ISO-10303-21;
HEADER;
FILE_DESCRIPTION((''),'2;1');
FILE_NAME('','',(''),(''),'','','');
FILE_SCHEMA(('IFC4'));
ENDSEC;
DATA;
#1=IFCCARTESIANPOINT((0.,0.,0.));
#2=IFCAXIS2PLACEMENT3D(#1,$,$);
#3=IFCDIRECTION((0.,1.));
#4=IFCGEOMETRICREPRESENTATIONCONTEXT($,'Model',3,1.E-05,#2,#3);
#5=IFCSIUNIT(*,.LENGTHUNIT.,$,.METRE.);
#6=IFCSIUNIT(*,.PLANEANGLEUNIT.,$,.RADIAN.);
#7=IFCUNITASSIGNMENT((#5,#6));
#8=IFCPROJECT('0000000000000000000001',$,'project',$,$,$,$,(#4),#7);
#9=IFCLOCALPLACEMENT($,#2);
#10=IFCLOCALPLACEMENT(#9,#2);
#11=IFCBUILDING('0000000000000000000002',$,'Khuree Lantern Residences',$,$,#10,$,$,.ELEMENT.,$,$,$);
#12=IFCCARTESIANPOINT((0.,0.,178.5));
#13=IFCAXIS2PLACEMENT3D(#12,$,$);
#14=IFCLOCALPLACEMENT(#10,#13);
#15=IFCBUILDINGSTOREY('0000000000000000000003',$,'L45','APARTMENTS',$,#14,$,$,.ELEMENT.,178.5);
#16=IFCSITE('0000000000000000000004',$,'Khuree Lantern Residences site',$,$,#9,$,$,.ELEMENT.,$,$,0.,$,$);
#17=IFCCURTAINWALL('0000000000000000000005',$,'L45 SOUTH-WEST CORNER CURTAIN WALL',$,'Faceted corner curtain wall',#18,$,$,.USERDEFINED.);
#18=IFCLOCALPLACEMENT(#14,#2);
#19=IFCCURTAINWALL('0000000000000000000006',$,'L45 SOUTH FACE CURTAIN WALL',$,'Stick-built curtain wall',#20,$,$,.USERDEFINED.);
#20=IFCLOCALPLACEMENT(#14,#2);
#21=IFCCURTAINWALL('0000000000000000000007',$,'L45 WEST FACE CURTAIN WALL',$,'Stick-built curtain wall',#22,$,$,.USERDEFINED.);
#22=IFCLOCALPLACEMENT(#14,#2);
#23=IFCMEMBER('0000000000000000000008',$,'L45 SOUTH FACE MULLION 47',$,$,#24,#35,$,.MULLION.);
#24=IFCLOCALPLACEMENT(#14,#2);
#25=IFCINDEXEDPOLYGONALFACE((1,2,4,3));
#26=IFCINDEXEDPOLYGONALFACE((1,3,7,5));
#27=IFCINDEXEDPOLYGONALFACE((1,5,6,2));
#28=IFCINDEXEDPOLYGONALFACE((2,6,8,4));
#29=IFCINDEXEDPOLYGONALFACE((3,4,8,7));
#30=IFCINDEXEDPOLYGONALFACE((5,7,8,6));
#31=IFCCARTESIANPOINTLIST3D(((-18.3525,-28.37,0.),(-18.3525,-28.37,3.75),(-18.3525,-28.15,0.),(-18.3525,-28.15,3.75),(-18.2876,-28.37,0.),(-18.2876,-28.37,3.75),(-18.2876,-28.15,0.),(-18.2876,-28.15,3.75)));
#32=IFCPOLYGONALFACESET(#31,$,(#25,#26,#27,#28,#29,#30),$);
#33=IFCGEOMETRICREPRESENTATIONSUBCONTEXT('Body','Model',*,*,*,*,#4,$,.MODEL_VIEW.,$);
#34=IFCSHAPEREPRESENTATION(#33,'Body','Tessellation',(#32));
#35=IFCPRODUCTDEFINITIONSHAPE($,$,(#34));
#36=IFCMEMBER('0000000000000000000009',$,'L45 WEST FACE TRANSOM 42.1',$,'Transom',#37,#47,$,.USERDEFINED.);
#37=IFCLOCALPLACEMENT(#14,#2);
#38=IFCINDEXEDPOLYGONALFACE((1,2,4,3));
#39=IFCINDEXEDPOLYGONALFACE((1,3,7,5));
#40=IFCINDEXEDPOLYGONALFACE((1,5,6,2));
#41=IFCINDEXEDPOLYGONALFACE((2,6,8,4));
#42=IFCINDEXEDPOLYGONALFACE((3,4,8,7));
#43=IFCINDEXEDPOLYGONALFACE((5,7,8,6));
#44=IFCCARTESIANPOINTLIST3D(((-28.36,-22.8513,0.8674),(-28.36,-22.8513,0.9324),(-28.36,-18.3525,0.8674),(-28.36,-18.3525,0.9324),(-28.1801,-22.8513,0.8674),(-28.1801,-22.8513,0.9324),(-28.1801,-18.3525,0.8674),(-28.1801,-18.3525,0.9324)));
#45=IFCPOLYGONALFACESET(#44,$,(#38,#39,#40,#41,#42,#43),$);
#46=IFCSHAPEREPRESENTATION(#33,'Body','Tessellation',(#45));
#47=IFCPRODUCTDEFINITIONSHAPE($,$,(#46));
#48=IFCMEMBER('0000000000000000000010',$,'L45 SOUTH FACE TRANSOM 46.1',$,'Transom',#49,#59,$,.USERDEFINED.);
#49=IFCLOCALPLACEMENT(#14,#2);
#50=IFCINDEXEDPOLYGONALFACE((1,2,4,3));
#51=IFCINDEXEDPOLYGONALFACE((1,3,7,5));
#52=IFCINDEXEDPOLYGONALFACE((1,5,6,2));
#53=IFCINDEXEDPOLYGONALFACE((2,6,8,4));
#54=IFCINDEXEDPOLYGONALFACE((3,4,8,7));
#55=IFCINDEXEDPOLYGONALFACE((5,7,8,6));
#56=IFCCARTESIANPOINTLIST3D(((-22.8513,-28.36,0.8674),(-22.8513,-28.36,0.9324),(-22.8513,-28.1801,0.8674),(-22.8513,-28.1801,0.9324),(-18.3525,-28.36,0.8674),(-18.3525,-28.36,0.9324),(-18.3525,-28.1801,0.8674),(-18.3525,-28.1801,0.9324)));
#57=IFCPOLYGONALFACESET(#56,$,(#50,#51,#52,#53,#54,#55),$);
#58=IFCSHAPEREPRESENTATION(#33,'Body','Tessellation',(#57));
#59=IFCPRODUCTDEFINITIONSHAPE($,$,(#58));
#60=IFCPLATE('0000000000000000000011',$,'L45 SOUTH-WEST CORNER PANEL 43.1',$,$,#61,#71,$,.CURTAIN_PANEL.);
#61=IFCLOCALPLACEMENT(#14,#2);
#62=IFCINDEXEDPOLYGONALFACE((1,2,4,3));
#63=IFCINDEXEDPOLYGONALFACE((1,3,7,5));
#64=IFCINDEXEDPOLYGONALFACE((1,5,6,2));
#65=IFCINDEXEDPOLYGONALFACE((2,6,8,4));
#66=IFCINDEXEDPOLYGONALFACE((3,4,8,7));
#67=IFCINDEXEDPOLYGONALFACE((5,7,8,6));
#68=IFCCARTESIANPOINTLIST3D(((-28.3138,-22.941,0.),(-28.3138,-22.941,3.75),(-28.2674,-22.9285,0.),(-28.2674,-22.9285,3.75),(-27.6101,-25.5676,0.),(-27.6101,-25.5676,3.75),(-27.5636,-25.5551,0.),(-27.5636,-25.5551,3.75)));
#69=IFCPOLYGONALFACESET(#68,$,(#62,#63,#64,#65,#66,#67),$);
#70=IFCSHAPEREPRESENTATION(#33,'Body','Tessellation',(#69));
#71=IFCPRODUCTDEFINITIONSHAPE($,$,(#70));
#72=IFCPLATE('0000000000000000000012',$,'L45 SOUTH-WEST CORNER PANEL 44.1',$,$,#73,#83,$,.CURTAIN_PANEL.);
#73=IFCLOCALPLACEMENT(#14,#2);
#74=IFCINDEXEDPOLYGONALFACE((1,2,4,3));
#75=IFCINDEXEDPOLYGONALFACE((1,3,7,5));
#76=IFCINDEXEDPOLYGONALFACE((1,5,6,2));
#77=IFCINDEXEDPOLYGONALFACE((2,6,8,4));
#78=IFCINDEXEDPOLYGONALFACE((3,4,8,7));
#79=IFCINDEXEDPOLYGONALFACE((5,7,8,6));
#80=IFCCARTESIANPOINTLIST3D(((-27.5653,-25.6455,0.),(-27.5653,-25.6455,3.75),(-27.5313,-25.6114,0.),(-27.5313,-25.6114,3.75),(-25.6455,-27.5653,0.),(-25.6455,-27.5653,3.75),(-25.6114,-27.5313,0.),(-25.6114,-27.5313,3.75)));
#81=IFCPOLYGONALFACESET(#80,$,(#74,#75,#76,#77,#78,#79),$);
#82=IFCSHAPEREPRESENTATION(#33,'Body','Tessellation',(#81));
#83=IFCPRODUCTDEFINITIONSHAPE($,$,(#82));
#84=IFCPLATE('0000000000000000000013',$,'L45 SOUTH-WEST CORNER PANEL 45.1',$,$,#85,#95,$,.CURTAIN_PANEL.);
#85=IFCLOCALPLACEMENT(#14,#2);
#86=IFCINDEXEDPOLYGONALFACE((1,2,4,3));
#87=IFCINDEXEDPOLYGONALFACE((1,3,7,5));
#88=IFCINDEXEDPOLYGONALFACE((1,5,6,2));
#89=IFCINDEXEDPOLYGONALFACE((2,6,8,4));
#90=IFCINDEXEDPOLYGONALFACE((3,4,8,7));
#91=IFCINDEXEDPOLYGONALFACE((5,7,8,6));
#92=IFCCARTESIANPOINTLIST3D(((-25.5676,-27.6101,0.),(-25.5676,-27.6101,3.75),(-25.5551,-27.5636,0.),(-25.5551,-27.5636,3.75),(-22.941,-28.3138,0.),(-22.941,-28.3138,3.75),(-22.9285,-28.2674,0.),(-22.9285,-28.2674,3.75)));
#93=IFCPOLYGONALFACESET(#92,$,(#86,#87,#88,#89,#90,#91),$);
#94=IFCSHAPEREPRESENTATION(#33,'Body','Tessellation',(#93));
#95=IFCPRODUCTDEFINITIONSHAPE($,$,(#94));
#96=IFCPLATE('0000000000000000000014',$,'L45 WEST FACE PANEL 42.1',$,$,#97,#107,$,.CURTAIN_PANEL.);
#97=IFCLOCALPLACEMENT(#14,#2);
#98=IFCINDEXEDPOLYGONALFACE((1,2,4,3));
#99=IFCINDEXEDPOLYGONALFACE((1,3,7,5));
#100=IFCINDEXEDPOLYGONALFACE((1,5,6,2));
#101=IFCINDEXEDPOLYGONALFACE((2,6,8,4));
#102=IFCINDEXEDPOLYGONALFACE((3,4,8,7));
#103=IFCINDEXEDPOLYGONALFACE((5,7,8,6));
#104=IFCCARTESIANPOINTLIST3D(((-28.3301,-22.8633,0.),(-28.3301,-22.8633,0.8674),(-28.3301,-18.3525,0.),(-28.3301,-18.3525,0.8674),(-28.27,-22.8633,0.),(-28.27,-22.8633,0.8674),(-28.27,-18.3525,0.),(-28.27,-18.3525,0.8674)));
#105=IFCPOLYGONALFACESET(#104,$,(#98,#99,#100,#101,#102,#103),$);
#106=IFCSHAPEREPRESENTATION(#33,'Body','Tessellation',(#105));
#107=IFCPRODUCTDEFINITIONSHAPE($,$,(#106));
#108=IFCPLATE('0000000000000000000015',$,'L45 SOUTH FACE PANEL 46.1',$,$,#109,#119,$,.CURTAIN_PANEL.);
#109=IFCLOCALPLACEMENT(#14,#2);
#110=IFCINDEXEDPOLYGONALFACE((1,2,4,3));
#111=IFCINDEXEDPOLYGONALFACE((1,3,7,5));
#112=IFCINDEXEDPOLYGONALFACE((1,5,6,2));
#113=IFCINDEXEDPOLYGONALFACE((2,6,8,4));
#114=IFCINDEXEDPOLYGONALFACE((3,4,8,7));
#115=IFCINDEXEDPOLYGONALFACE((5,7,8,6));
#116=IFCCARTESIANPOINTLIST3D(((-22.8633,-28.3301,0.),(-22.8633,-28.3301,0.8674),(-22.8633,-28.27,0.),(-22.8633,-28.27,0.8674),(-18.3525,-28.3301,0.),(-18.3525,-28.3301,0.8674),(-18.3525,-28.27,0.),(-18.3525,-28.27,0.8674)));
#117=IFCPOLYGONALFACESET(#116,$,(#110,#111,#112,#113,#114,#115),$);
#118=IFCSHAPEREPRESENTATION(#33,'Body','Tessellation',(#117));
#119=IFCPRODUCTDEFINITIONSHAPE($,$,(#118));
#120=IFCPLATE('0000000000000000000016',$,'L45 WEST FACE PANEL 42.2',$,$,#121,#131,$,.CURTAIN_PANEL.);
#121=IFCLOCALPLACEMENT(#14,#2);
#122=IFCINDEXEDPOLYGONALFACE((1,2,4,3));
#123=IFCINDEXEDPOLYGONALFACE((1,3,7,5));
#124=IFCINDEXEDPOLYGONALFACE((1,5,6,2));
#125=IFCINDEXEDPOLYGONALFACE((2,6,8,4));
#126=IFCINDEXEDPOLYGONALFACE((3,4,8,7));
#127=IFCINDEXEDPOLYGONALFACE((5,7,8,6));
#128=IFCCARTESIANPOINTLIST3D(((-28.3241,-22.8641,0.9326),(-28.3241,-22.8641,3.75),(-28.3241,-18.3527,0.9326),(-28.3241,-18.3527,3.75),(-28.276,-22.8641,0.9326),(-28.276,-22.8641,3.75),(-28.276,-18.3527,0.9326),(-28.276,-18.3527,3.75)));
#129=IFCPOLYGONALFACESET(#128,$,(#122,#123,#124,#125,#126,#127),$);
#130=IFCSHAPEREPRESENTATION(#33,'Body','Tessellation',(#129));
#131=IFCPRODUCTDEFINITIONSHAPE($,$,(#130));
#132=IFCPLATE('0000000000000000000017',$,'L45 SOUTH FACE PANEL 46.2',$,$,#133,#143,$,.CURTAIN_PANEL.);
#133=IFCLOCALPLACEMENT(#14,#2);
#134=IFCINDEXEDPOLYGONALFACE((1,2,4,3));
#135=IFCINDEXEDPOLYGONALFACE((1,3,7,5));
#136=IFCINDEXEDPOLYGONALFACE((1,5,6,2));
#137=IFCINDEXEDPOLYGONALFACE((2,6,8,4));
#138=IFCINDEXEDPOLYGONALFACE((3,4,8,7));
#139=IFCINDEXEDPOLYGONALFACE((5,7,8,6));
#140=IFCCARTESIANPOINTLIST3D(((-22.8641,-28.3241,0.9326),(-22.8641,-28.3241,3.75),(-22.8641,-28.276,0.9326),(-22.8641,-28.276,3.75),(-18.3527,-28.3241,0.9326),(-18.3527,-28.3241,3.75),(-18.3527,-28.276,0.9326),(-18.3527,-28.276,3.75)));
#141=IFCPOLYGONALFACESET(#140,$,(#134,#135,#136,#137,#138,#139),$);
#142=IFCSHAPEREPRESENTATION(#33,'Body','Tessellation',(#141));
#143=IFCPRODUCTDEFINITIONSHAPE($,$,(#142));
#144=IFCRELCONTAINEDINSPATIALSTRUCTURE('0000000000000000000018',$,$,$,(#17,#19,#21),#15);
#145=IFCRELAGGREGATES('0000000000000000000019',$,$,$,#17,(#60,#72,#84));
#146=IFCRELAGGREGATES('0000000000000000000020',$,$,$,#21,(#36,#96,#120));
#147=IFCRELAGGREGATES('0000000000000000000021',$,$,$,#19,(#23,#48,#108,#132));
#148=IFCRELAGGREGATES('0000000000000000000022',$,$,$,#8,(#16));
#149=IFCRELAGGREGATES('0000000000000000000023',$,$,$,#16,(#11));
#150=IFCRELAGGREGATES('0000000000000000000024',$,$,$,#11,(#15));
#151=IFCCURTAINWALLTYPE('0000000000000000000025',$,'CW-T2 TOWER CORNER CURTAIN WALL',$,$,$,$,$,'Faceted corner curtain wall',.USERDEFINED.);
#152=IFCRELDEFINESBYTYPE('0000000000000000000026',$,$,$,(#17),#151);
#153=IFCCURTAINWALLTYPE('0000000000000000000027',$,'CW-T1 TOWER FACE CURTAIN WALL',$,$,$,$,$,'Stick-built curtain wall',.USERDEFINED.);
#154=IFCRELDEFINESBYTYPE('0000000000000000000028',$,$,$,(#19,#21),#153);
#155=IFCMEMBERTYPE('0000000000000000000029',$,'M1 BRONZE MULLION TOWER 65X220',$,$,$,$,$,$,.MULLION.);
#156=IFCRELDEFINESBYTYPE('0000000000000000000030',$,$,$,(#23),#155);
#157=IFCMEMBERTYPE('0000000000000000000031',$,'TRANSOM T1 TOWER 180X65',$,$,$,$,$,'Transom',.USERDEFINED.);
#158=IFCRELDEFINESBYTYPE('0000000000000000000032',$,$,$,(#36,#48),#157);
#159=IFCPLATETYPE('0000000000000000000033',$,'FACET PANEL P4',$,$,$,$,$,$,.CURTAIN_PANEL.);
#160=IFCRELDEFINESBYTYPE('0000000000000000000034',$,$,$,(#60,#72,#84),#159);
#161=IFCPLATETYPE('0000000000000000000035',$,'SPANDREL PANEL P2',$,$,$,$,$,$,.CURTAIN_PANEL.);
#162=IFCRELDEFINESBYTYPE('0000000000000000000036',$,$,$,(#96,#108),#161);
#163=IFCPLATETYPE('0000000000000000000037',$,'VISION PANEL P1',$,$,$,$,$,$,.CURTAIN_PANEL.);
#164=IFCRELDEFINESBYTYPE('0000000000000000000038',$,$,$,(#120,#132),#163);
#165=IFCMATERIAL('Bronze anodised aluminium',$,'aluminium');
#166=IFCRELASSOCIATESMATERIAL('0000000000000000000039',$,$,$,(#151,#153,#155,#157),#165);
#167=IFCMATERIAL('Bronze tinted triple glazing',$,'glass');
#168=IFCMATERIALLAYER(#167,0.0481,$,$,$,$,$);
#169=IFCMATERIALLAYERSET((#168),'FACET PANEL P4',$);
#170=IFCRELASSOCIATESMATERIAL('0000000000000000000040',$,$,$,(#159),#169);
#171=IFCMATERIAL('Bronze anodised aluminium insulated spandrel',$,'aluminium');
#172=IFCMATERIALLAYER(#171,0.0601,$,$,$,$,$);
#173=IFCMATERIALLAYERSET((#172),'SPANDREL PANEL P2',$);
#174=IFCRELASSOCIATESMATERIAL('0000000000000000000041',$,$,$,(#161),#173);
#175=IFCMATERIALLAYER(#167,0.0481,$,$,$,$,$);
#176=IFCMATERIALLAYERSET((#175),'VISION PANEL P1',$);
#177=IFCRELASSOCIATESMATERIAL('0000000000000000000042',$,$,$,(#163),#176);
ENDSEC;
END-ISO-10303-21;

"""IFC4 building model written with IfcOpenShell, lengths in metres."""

from ifc_helpers import new_model, si_unit, direction, frame, origin, origin_2d, place, context, subcontext, project, spatial, rectangle, extrude, material, layer, layer_set, material_profile, profile_set, type_object, element, aggregate, save


model = new_model("IFC4")

# Units and contexts
model_context = context("Model", 3, precision=1e-05, world=origin(), true_north=direction((0.0, 1.0)))
body_context = subcontext(model_context, "Body", "Model", "MODEL_VIEW")
ifc_project = project(units=[si_unit("LENGTHUNIT", "METRE"), si_unit("PLANEANGLEUNIT", "RADIAN")], contexts=[model_context])

# Site, building, storey
site_placement = place(None, origin())
site = spatial("IfcSite", under=ifc_project, at=site_placement, Name="Khuree Lantern Residences site", CompositionType="ELEMENT", RefElevation=0.0)
building_placement = place(site_placement, origin())
building = spatial("IfcBuilding", under=site, at=building_placement, Name="Khuree Lantern Residences", CompositionType="ELEMENT")
storey_placement = place(building_placement, frame((0.0, 0.0, 178.5)))
storey = spatial("IfcBuildingStorey", under=building, at=storey_placement, Name="L45", Description="APARTMENTS", CompositionType="ELEMENT", Elevation=178.5)

# Curtain walls
ifc_material_1 = material(Name="Bronze anodised aluminium", Category="aluminium")
curtain_wall_type_1 = type_object("IfcCurtainWallType", Name="CW-T2 TOWER CORNER CURTAIN WALL", ElementType="Faceted corner curtain wall", PredefinedType="USERDEFINED", material=ifc_material_1)
curtain_wall_1_placement = place(storey_placement, origin())
curtain_wall_1 = element("IfcCurtainWall", 1, at=curtain_wall_1_placement, inside=storey, type_object=curtain_wall_type_1, Name="L45 SOUTH-WEST CORNER CURTAIN WALL", ObjectType="Faceted corner curtain wall", PredefinedType="USERDEFINED")
curtain_wall_type_2 = type_object("IfcCurtainWallType", Name="CW-T1 TOWER FACE CURTAIN WALL", ElementType="Stick-built curtain wall", PredefinedType="USERDEFINED", material=ifc_material_1)
curtain_wall_2_placement = place(storey_placement, origin())
curtain_wall_2 = element("IfcCurtainWall", 2, at=curtain_wall_2_placement, inside=storey, type_object=curtain_wall_type_2, Name="L45 SOUTH FACE CURTAIN WALL", ObjectType="Stick-built curtain wall", PredefinedType="USERDEFINED")

# Curtain wall
curtain_wall_3_placement = place(storey_placement, origin())
curtain_wall_3 = element("IfcCurtainWall", 3, at=curtain_wall_3_placement, inside=storey, type_object=curtain_wall_type_2, Name="L45 WEST FACE CURTAIN WALL", ObjectType="Stick-built curtain wall", PredefinedType="USERDEFINED")
ifc_material_profile_1 = material_profile(ifc_material_1, rectangle(XDim=0.0649, YDim=0.22, at=origin_2d()), Name="M1 65X220")
ifc_profile_set_1 = profile_set([ifc_material_profile_1], Name="Bronze anodised aluminium")
member_type_1 = type_object("IfcMemberType", Name="M1 BRONZE MULLION TOWER 65X220", PredefinedType="MULLION", material=ifc_profile_set_1)

# Members
member_1_placement = place(storey_placement, frame((-18.3201, -28.26, 0.0), z_axis=(0.0, 0.0, 1.0), x_axis=(1.0, 0.0, 0.0)))
member_1 = element("IfcMember", 4, at=member_1_placement, type_object=member_type_1, Name="L45 SOUTH FACE MULLION 47", PredefinedType="MULLION", context=body_context, shape_type="SweptSolid", body=[
    extrude(rectangle(XDim=0.0649, YDim=0.22, at=origin_2d()), origin(), (0.0, 0.0, 1.0), 3.75),
])
ifc_material_profile_2 = material_profile(ifc_material_1, rectangle(XDim=0.1799, YDim=0.0649, at=origin_2d()), Name="T1 180X65")
ifc_profile_set_2 = profile_set([ifc_material_profile_2], Name="Bronze anodised aluminium")
member_type_2 = type_object("IfcMemberType", Name="TRANSOM T1 TOWER 180X65", ElementType="Transom", PredefinedType="USERDEFINED", material=ifc_profile_set_2)
member_2_placement = place(storey_placement, frame((-28.27, -18.3525, 0.8999), z_axis=(0.0, -1.0, 0.0), x_axis=(1.0, 0.0, 0.0)))
member_2 = element("IfcMember", 5, at=member_2_placement, type_object=member_type_2, Name="L45 WEST FACE TRANSOM 42.1", ObjectType="Transom", PredefinedType="USERDEFINED", context=body_context, shape_type="SweptSolid", body=[
    extrude(rectangle(XDim=0.1799, YDim=0.0649, at=origin_2d()), origin(), (0.0, 0.0, 1.0), 4.4988),
])
member_3_placement = place(storey_placement, frame((-22.8513, -28.27, 0.8999), z_axis=(1.0, 0.0, 0.0), x_axis=(0.0, 1.0, 0.0)))
member_3 = element("IfcMember", 6, at=member_3_placement, type_object=member_type_2, Name="L45 SOUTH FACE TRANSOM 46.1", ObjectType="Transom", PredefinedType="USERDEFINED", context=body_context, shape_type="SweptSolid", body=[
    extrude(rectangle(XDim=0.1799, YDim=0.0649, at=origin_2d()), origin(), (0.0, 0.0, 1.0), 4.4988),
])

# Plates
ifc_material_2 = material(Name="Bronze tinted triple glazing", Category="glass")
ifc_layer_1 = layer(ifc_material_2, 0.0481)
ifc_layer_set_1 = layer_set([ifc_layer_1], Name="FACET PANEL P4")
plate_type_1 = type_object("IfcPlateType", Name="FACET PANEL P4", PredefinedType="CURTAIN_PANEL", material=ifc_layer_set_1)
plate_1_placement = place(storey_placement, frame((-27.9387, -24.248, 0.0), z_axis=(0.0, 0.0, 1.0), x_axis=(0.258819, -0.965926, 0.0)))
plate_1 = element("IfcPlate", 7, at=plate_1_placement, type_object=plate_type_1, Name="L45 SOUTH-WEST CORNER PANEL 43.1", PredefinedType="CURTAIN_PANEL", context=body_context, shape_type="SweptSolid", body=[
    extrude(rectangle(XDim=2.7192, YDim=0.0481, at=origin_2d()), origin(), (0.0, 0.0, 1.0), 3.75),
])
plate_2_placement = place(storey_placement, frame((-26.5884, -26.5884, 0.0), z_axis=(0.0, 0.0, 1.0), x_axis=(0.707107, -0.707107, 0.0)))
plate_2 = element("IfcPlate", 8, at=plate_2_placement, type_object=plate_type_1, Name="L45 SOUTH-WEST CORNER PANEL 44.1", PredefinedType="CURTAIN_PANEL", context=body_context, shape_type="SweptSolid", body=[
    extrude(rectangle(XDim=2.7151, YDim=0.0481, at=origin_2d()), origin(), (0.0, 0.0, 1.0), 3.75),
])
plate_3_placement = place(storey_placement, frame((-24.248, -27.9387, 0.0), z_axis=(0.0, 0.0, 1.0), x_axis=(0.965926, -0.258819, 0.0)))
plate_3 = element("IfcPlate", 9, at=plate_3_placement, type_object=plate_type_1, Name="L45 SOUTH-WEST CORNER PANEL 45.1", PredefinedType="CURTAIN_PANEL", context=body_context, shape_type="SweptSolid", body=[
    extrude(rectangle(XDim=2.7192, YDim=0.0481, at=origin_2d()), origin(), (0.0, 0.0, 1.0), 3.75),
])
aggregate(curtain_wall_1, [plate_1, plate_2, plate_3])
ifc_material_3 = material(Name="Bronze anodised aluminium insulated spandrel", Category="aluminium")
ifc_layer_2 = layer(ifc_material_3, 0.0601)
ifc_layer_set_2 = layer_set([ifc_layer_2], Name="SPANDREL PANEL P2")
plate_type_2 = type_object("IfcPlateType", Name="SPANDREL PANEL P2", PredefinedType="CURTAIN_PANEL", material=ifc_layer_set_2)
plate_4_placement = place(storey_placement, frame((-28.3, -20.6079, 0.0), z_axis=(0.0, 0.0, 1.0), x_axis=(0.0, -1.0, 0.0)))
plate_4 = element("IfcPlate", 10, at=plate_4_placement, type_object=plate_type_2, Name="L45 WEST FACE PANEL 42.1", PredefinedType="CURTAIN_PANEL", context=body_context, shape_type="SweptSolid", body=[
    extrude(rectangle(XDim=4.5107, YDim=0.0601, at=origin_2d()), origin(), (0.0, 0.0, 1.0), 0.8674),
])
plate_5_placement = place(storey_placement, frame((-20.6079, -28.3, 0.0), z_axis=(0.0, 0.0, 1.0), x_axis=(1.0, 0.0, 0.0)))
plate_5 = element("IfcPlate", 11, at=plate_5_placement, type_object=plate_type_2, Name="L45 SOUTH FACE PANEL 46.1", PredefinedType="CURTAIN_PANEL", context=body_context, shape_type="SweptSolid", body=[
    extrude(rectangle(XDim=4.5107, YDim=0.0601, at=origin_2d()), origin(), (0.0, 0.0, 1.0), 0.8674),
])
ifc_layer_3 = layer(ifc_material_2, 0.0481)
ifc_layer_set_3 = layer_set([ifc_layer_3], Name="VISION PANEL P1")
plate_type_3 = type_object("IfcPlateType", Name="VISION PANEL P1", PredefinedType="CURTAIN_PANEL", material=ifc_layer_set_3)
plate_6_placement = place(storey_placement, frame((-28.3, -20.6084, 0.9326), z_axis=(0.0, 0.0, 1.0), x_axis=(0.0, -1.0, 0.0)))
plate_6 = element("IfcPlate", 12, at=plate_6_placement, type_object=plate_type_3, Name="L45 WEST FACE PANEL 42.2", PredefinedType="CURTAIN_PANEL", context=body_context, shape_type="SweptSolid", body=[
    extrude(rectangle(XDim=4.5115, YDim=0.0481, at=origin_2d()), origin(), (0.0, 0.0, 1.0), 2.8174),
])
aggregate(curtain_wall_3, [member_2, plate_4, plate_6])
plate_7_placement = place(storey_placement, frame((-20.6084, -28.3, 0.9326), z_axis=(0.0, 0.0, 1.0), x_axis=(1.0, 0.0, 0.0)))
plate_7 = element("IfcPlate", 13, at=plate_7_placement, type_object=plate_type_3, Name="L45 SOUTH FACE PANEL 46.2", PredefinedType="CURTAIN_PANEL", context=body_context, shape_type="SweptSolid", body=[
    extrude(rectangle(XDim=4.5115, YDim=0.0481, at=origin_2d()), origin(), (0.0, 0.0, 1.0), 2.8174),
])
aggregate(curtain_wall_2, [member_1, member_3, plate_5, plate_7])

save(model, "model.ifc")
